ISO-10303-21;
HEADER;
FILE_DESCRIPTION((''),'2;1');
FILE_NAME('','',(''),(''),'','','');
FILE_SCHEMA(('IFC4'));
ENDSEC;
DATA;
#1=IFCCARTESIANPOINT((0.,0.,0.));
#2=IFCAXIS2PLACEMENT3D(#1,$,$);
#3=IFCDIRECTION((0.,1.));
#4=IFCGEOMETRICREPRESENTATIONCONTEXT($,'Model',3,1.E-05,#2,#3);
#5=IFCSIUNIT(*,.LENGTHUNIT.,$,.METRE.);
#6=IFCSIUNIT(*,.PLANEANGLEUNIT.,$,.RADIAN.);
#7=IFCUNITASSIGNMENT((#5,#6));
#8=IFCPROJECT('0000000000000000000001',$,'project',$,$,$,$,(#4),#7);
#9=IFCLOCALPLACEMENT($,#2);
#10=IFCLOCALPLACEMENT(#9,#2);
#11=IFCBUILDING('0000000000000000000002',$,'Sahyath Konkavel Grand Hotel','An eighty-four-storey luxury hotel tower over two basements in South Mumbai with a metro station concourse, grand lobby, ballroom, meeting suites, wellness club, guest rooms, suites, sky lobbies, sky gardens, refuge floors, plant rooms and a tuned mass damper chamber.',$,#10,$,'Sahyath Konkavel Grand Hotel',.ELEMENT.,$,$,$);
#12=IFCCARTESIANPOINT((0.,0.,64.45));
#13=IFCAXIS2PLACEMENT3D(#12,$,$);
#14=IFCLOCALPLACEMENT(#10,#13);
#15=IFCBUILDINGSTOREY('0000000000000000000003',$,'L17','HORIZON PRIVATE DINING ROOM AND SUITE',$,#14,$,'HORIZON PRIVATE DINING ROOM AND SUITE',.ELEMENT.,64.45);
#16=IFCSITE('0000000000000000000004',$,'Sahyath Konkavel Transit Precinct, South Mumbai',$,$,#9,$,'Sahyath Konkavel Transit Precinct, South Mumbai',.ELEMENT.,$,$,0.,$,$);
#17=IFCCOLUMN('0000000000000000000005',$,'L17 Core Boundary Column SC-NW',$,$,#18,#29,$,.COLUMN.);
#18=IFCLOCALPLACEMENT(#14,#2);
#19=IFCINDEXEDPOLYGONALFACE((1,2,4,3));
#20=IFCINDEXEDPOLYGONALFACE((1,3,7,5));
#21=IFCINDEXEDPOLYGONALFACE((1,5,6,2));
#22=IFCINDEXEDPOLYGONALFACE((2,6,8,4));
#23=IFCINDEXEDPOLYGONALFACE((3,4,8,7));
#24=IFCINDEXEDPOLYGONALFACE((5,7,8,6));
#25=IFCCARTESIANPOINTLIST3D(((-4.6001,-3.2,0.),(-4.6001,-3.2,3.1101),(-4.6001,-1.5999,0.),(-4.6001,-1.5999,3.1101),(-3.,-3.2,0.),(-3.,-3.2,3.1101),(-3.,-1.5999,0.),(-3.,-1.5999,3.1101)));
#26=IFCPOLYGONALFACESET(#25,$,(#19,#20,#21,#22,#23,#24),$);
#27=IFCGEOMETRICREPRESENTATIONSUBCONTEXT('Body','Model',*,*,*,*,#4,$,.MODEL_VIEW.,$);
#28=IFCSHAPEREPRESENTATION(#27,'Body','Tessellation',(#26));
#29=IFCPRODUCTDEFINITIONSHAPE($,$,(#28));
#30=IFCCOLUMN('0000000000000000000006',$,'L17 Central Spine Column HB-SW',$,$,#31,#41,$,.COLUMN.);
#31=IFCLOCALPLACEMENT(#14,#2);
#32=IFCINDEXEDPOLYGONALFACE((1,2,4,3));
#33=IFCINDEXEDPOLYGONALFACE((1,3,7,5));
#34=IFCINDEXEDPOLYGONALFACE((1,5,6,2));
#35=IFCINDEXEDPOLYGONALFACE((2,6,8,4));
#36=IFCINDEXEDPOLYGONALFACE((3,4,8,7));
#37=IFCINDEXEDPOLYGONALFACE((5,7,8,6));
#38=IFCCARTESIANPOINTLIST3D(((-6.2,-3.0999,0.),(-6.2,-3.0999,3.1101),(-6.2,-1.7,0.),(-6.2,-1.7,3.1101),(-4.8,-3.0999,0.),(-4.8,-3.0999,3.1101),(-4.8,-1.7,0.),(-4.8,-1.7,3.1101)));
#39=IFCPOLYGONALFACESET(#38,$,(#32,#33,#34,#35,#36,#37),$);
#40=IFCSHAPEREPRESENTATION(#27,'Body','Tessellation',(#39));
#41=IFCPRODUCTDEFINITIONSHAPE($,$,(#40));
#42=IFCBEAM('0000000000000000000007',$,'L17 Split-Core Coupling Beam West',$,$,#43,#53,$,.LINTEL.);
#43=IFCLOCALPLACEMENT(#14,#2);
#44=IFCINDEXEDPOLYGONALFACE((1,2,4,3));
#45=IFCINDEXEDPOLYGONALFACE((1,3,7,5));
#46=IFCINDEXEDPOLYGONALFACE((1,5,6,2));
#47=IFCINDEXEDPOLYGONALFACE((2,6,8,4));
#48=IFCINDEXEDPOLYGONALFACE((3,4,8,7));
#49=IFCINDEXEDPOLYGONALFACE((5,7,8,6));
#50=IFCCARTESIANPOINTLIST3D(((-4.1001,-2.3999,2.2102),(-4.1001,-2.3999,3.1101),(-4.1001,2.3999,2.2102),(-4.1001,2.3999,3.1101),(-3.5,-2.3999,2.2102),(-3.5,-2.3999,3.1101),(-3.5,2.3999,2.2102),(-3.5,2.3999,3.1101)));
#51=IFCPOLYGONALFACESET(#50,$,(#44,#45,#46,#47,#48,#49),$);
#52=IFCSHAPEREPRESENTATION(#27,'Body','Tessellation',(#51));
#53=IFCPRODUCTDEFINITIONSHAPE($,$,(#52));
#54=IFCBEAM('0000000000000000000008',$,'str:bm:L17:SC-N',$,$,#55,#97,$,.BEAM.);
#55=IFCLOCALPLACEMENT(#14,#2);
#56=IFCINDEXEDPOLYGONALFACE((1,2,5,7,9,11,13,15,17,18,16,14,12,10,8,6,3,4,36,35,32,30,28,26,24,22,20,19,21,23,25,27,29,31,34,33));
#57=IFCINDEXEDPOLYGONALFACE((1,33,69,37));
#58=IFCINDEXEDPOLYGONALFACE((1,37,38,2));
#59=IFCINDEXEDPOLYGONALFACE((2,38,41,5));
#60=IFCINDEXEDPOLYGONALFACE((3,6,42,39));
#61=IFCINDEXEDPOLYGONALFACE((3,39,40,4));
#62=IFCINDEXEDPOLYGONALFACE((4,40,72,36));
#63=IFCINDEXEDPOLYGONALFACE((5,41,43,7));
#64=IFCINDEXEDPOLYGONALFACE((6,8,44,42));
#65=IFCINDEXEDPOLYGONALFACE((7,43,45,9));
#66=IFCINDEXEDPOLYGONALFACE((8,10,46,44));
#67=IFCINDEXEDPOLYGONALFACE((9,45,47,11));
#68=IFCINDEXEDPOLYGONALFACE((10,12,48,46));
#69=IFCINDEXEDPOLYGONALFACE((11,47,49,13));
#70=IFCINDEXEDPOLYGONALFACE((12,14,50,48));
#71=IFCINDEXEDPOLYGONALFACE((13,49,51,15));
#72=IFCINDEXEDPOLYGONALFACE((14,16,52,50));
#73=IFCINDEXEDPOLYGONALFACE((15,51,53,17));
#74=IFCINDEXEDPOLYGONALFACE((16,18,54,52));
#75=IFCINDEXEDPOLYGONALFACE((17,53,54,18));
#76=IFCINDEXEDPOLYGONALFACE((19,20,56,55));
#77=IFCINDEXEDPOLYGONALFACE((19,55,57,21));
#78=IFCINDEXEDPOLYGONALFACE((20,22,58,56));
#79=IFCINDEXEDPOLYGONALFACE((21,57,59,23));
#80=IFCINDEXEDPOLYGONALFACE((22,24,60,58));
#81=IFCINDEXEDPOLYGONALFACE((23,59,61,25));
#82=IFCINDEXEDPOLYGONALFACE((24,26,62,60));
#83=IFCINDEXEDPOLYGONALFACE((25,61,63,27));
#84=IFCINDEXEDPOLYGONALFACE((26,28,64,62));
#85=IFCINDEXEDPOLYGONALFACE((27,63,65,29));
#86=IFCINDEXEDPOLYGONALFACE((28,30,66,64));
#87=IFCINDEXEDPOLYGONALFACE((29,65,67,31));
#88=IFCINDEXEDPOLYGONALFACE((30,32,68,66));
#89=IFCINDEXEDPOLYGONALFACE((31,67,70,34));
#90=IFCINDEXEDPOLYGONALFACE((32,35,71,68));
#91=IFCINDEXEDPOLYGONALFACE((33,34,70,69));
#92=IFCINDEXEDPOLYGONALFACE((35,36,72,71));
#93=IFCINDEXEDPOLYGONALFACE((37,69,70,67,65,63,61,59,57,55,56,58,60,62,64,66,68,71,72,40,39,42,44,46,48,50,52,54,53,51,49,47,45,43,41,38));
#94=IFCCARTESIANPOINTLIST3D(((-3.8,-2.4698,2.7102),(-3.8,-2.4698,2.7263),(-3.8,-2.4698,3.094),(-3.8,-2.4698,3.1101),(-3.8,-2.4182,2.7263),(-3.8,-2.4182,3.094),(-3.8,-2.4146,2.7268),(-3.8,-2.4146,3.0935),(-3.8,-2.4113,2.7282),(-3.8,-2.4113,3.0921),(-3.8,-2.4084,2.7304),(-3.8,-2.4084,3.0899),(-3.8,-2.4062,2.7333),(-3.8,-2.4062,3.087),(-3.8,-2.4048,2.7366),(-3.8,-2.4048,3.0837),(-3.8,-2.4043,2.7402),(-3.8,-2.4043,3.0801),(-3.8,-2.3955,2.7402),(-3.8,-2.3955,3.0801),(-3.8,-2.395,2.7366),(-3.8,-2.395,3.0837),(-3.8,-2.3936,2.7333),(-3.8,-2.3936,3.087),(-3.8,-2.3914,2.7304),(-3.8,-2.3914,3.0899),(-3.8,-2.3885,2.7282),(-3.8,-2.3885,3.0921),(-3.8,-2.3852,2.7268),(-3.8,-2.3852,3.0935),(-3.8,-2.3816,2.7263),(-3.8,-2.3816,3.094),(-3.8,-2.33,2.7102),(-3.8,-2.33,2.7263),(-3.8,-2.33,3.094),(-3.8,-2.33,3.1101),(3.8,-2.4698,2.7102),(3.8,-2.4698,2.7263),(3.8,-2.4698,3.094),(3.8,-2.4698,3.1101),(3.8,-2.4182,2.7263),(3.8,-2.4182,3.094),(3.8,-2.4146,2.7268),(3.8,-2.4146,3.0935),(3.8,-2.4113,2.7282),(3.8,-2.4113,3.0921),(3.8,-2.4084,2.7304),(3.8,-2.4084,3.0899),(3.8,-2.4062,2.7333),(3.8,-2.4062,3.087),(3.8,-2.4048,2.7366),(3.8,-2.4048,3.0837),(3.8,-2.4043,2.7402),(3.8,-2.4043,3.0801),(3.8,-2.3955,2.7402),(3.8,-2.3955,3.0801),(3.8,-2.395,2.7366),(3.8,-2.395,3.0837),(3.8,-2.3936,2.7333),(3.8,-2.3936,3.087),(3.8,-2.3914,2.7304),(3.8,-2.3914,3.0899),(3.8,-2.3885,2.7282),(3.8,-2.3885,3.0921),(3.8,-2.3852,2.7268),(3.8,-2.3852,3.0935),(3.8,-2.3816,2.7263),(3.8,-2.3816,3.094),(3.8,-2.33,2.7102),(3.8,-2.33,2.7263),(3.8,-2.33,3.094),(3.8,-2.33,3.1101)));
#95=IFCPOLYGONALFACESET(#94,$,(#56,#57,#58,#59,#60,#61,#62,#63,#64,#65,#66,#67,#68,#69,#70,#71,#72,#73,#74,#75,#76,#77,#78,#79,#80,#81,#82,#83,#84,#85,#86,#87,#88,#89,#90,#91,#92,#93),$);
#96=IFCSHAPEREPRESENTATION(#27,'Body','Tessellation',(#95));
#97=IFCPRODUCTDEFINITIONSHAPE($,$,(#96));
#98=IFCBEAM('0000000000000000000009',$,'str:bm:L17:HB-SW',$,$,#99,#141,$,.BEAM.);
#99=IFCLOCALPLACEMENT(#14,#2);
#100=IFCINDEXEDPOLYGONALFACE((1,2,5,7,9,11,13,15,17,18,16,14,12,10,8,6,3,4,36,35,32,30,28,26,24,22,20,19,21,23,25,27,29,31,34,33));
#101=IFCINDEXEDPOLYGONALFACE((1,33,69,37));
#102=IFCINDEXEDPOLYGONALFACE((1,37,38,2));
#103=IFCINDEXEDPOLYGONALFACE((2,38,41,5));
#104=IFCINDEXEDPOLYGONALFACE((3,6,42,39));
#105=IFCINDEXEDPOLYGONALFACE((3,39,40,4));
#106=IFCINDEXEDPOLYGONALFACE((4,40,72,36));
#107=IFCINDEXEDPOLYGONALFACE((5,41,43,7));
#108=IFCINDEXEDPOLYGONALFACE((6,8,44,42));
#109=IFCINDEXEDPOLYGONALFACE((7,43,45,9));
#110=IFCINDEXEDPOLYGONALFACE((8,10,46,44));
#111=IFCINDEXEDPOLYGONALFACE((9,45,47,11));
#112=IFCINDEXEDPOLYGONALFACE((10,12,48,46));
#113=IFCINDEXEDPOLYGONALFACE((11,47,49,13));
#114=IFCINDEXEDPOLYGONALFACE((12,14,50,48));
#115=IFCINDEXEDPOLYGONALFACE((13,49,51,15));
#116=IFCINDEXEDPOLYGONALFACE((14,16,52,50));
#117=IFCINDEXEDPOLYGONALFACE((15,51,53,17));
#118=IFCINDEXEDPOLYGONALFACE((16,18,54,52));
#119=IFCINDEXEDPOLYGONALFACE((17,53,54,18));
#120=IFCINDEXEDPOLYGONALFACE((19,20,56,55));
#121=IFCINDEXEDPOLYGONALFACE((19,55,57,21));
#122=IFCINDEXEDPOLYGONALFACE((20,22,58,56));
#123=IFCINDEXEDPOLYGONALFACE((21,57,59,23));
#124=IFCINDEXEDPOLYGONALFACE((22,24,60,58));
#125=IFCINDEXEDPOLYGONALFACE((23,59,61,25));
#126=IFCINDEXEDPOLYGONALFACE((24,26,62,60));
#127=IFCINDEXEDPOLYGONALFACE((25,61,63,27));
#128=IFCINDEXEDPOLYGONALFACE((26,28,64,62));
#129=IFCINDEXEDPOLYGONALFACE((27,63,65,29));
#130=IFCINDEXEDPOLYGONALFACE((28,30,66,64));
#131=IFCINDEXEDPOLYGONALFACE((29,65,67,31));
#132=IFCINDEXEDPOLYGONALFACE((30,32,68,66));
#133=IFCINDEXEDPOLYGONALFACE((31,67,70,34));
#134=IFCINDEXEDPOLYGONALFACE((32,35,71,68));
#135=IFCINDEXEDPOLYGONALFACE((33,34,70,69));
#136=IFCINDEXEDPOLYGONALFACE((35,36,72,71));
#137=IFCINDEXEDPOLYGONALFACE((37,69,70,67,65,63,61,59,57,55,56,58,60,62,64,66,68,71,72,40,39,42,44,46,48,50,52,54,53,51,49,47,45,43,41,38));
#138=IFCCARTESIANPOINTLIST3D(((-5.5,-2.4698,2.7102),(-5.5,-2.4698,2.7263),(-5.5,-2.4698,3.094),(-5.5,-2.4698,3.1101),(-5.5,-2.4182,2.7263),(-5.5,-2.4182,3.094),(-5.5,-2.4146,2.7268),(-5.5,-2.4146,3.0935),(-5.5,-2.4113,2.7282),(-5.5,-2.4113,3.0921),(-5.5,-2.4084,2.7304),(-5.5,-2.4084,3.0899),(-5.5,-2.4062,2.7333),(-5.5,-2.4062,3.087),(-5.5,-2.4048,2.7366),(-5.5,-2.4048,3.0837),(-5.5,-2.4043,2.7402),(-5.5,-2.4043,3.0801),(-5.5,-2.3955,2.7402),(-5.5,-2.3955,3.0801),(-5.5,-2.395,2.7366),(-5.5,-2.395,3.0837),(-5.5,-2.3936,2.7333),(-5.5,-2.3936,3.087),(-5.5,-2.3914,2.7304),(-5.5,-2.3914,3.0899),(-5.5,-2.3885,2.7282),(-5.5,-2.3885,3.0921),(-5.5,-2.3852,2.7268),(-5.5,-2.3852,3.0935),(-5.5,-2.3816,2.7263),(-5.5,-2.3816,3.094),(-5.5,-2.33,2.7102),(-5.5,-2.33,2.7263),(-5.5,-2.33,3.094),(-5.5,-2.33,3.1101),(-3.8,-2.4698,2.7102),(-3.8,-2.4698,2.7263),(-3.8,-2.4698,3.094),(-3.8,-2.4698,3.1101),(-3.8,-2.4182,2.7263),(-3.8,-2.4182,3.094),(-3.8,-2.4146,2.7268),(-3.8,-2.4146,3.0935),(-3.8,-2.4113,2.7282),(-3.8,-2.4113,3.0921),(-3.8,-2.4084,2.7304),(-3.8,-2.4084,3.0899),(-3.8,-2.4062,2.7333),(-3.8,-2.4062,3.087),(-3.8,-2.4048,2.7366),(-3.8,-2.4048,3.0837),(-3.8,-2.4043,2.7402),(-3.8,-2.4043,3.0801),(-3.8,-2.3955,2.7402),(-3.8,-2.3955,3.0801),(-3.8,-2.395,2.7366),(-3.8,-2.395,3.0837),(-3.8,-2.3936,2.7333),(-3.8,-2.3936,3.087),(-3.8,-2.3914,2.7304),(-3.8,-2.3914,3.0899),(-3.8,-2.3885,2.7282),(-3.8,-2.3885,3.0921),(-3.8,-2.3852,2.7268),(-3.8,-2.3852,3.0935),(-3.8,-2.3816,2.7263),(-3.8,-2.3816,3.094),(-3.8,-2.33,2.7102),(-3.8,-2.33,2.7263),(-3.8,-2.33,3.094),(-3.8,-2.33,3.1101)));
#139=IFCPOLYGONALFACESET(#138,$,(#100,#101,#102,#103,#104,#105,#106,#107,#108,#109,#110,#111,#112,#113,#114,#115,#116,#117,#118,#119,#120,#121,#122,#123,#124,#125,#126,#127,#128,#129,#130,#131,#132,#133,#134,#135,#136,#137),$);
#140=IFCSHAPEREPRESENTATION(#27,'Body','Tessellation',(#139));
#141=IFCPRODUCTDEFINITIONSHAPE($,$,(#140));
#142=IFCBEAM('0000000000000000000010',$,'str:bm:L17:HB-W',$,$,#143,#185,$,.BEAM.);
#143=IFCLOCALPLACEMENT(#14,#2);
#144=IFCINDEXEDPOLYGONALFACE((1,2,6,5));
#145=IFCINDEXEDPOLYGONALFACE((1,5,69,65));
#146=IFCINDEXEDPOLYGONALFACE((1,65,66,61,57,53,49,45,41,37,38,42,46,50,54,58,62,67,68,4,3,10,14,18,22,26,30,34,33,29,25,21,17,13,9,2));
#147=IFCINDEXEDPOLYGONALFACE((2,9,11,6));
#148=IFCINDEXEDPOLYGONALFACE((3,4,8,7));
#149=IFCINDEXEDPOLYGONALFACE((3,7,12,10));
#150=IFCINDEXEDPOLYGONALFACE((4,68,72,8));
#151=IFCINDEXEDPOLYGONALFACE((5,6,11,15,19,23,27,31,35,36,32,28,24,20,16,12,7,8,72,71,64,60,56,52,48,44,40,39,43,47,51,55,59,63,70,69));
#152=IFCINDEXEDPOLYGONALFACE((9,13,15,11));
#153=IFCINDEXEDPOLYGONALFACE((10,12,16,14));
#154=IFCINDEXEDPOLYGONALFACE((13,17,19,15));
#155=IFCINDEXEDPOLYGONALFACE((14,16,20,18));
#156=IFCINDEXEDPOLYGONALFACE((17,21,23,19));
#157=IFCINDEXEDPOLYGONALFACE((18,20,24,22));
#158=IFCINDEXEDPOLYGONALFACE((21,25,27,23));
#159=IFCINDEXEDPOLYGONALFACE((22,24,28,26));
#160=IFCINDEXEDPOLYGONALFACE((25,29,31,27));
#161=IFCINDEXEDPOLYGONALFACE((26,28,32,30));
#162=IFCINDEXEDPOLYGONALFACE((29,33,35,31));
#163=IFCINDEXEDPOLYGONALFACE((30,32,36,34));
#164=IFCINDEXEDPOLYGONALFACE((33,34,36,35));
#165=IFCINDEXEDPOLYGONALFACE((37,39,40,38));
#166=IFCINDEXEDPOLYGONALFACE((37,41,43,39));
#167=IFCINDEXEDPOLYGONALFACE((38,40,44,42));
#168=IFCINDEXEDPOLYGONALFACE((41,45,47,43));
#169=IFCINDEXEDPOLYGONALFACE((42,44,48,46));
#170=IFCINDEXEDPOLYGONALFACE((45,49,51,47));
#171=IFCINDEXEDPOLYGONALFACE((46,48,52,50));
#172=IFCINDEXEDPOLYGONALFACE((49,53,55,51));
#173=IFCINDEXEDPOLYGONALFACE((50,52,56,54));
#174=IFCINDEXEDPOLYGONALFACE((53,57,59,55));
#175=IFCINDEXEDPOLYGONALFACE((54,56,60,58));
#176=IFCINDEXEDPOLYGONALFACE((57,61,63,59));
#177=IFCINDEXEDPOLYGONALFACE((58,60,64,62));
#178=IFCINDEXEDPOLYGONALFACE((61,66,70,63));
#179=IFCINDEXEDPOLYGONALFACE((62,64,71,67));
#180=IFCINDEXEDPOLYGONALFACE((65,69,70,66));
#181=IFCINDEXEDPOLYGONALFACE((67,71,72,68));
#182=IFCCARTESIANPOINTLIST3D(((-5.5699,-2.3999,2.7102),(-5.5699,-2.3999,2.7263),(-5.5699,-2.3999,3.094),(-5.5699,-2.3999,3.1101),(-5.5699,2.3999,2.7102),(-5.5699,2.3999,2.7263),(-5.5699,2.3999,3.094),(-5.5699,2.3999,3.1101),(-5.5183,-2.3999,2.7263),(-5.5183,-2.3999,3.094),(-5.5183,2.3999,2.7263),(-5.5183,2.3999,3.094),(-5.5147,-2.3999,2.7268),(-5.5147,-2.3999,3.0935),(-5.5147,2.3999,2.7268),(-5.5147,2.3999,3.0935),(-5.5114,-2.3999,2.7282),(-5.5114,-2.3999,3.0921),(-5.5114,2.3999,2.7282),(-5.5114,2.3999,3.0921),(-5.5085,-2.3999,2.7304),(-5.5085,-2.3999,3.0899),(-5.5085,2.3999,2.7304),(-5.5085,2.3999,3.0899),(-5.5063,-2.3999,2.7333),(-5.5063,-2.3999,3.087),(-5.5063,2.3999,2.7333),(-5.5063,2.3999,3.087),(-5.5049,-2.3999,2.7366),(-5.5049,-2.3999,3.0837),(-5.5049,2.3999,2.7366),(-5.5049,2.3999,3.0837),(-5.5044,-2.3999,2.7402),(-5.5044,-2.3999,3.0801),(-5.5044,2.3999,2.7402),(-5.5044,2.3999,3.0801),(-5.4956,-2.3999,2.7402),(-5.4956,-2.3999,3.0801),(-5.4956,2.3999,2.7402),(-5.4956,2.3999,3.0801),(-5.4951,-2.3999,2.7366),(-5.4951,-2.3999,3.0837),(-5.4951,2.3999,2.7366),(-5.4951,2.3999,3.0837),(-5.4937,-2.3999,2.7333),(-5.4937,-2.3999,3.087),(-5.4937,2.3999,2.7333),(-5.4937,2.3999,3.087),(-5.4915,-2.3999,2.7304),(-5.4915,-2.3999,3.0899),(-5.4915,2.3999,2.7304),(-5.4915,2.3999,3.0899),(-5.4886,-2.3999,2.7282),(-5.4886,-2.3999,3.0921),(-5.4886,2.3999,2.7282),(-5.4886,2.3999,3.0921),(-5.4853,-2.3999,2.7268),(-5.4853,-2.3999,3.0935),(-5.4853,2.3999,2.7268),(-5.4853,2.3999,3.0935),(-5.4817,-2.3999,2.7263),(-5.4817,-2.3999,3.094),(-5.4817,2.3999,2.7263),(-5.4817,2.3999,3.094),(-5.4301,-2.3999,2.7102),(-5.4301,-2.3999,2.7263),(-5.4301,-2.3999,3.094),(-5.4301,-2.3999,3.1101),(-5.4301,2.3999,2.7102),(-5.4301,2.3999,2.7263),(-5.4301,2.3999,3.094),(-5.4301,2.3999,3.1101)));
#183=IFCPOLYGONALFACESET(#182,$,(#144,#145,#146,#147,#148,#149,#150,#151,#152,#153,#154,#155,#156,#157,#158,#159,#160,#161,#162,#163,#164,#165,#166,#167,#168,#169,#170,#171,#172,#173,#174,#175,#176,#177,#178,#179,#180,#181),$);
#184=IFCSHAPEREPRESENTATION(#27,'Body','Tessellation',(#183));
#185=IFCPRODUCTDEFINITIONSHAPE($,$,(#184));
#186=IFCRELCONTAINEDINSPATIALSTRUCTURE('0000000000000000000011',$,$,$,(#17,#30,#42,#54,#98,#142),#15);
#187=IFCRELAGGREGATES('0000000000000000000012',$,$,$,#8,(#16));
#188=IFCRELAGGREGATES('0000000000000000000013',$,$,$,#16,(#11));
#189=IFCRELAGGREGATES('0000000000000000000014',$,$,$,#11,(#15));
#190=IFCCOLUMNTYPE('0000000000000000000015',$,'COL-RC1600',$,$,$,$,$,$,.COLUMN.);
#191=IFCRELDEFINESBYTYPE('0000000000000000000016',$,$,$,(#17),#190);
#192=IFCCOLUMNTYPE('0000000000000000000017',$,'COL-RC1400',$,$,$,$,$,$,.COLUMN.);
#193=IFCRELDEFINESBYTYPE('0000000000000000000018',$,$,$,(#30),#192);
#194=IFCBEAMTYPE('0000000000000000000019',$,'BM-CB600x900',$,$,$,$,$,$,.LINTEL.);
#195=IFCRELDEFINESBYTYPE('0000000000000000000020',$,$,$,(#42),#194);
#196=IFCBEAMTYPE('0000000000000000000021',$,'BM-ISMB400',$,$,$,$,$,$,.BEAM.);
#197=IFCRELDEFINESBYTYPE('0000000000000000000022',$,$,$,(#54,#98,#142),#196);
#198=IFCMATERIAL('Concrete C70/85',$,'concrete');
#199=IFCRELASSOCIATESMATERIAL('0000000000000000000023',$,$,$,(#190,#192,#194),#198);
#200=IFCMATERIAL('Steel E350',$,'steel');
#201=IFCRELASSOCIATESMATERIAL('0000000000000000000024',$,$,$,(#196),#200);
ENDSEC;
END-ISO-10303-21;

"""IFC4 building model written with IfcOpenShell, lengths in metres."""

from ifc_helpers import new_model, si_unit, direction, frame, origin, origin_2d, place, context, subcontext, project, spatial, rectangle, i_section, extrude, source, transform, mapped, material, material_profile, profile_set, type_object, element, save


model = new_model("IFC4")

# Units and contexts
model_context = context("Model", 3, precision=1e-05, world=origin(), true_north=direction((0.0, 1.0)))
body_context = subcontext(model_context, "Body", "Model", "MODEL_VIEW")
ifc_project = project(units=[si_unit("LENGTHUNIT", "METRE"), si_unit("PLANEANGLEUNIT", "RADIAN")], contexts=[model_context])

# Site, building, storey
site_placement = place(None, origin())
site = spatial("IfcSite", under=ifc_project, at=site_placement, Name="Sahyath Konkavel Transit Precinct, South Mumbai", LongName="Sahyath Konkavel Transit Precinct, South Mumbai", CompositionType="ELEMENT", RefElevation=0.0)
building_placement = place(site_placement, origin())
building = spatial("IfcBuilding", under=site, at=building_placement, Name="Sahyath Konkavel Grand Hotel", Description="An eighty-four-storey luxury hotel tower over two basements in South Mumbai with a metro station concourse, grand lobby, ballroom, meeting suites, wellness club, guest rooms, suites, sky lobbies, sky gardens, refuge floors, plant rooms and a tuned mass damper chamber.", LongName="Sahyath Konkavel Grand Hotel", CompositionType="ELEMENT")
storey_placement = place(building_placement, frame((0.0, 0.0, 64.45)))
storey = spatial("IfcBuildingStorey", under=building, at=storey_placement, Name="L17", Description="HORIZON PRIVATE DINING ROOM AND SUITE", LongName="HORIZON PRIVATE DINING ROOM AND SUITE", CompositionType="ELEMENT", Elevation=64.45)

# Columns
ifc_material_1 = material(Name="Concrete C70/85", Category="concrete")
ifc_material_profile_1 = material_profile(ifc_material_1, rectangle(XDim=1.6001, YDim=1.6001, at=origin_2d()), Name="RC 1600x1600")
ifc_profile_set_1 = profile_set([ifc_material_profile_1], Name="Concrete C70/85")
column_type_1 = type_object("IfcColumnType", Name="COL-RC1600", PredefinedType="COLUMN", material=ifc_profile_set_1)
shared_shape_1 = source(origin(), body_context, "Body", "SweptSolid", [
    extrude(rectangle(XDim=1.6001, YDim=1.6001, at=origin_2d()), origin(), (0.0, 0.0, 1.0), 3.1101),
])
column_1_placement = place(storey_placement, frame((-3.8, -2.3999, 0.0), z_axis=(0.0, 0.0, 1.0), x_axis=(1.0, 0.0, 0.0)))
element("IfcColumn", 1, at=column_1_placement, inside=storey, type_object=column_type_1, Name="L17 Core Boundary Column SC-NW", PredefinedType="COLUMN", context=body_context, shape_type="MappedRepresentation", body=[
    mapped(shared_shape_1, transform((0.0, 0.0, 0.0), scale=1.0)),
])
ifc_material_profile_2 = material_profile(ifc_material_1, rectangle(XDim=1.3999, YDim=1.3999, at=origin_2d()), Name="RC 1400x1400")
ifc_profile_set_2 = profile_set([ifc_material_profile_2], Name="Concrete C70/85")
column_type_2 = type_object("IfcColumnType", Name="COL-RC1400", PredefinedType="COLUMN", material=ifc_profile_set_2)
shared_shape_2 = source(origin(), body_context, "Body", "SweptSolid", [
    extrude(rectangle(XDim=1.3999, YDim=1.3999, at=origin_2d()), origin(), (0.0, 0.0, 1.0), 3.1101),
])
column_2_placement = place(storey_placement, frame((-5.5, -2.3999, 0.0), z_axis=(0.0, 0.0, 1.0), x_axis=(1.0, 0.0, 0.0)))
element("IfcColumn", 2, at=column_2_placement, inside=storey, type_object=column_type_2, Name="L17 Central Spine Column HB-SW", PredefinedType="COLUMN", context=body_context, shape_type="MappedRepresentation", body=[
    mapped(shared_shape_2, transform((0.0, 0.0, 0.0), scale=1.0)),
])

# Beams
ifc_material_profile_3 = material_profile(ifc_material_1, rectangle(XDim=0.6001, YDim=0.8999, at=origin_2d()), Name="RC 600x900")
ifc_profile_set_3 = profile_set([ifc_material_profile_3], Name="Concrete C70/85")
beam_type_1 = type_object("IfcBeamType", Name="BM-CB600x900", PredefinedType="LINTEL", material=ifc_profile_set_3)
shared_shape_3 = source(origin(), body_context, "Body", "SweptSolid", [
    extrude(rectangle(XDim=0.6001, YDim=0.8999, at=origin_2d()), origin(), (0.0, 0.0, 1.0), 4.7998),
])
beam_1_placement = place(storey_placement, frame((-3.8, -2.3999, 2.6602), z_axis=(0.0, 1.0, 0.0), x_axis=(-1.0, 0.0, 0.0)))
element("IfcBeam", 3, at=beam_1_placement, inside=storey, type_object=beam_type_1, Name="L17 Split-Core Coupling Beam West", PredefinedType="LINTEL", context=body_context, shape_type="MappedRepresentation", body=[
    mapped(shared_shape_3, transform((0.0, 0.0, 0.0), scale=1.0)),
])
ifc_material_2 = material(Name="Steel E350", Category="steel")
ifc_material_profile_4 = material_profile(ifc_material_2, i_section(OverallWidth=0.1399, OverallDepth=0.3999, WebThickness=0.0088, FlangeThickness=0.0161, FilletRadius=0.0139, at=origin_2d()), Name="ISMB 400")
ifc_profile_set_4 = profile_set([ifc_material_profile_4], Name="Steel E350")
beam_type_2 = type_object("IfcBeamType", Name="BM-ISMB400", PredefinedType="BEAM", material=ifc_profile_set_4)
shared_shape_4 = source(origin(), body_context, "Body", "SweptSolid", [
    extrude(i_section(OverallWidth=0.1399, OverallDepth=0.3999, WebThickness=0.0088, FlangeThickness=0.0161, FilletRadius=0.0139, at=origin_2d()), origin(), (0.0, 0.0, 1.0), 7.6001),
])
beam_2_placement = place(storey_placement, frame((-3.8, -2.3999, 2.9102), z_axis=(1.0, 0.0, 0.0), x_axis=(0.0, 1.0, 0.0)))
element("IfcBeam", 4, at=beam_2_placement, inside=storey, type_object=beam_type_2, Name="str:bm:L17:SC-N", PredefinedType="BEAM", context=body_context, shape_type="MappedRepresentation", body=[
    mapped(shared_shape_4, transform((0.0, 0.0, 0.0), scale=1.0)),
])
shared_shape_5 = source(origin(), body_context, "Body", "SweptSolid", [
    extrude(i_section(OverallWidth=0.1399, OverallDepth=0.3999, WebThickness=0.0088, FlangeThickness=0.0161, FilletRadius=0.0139, at=origin_2d()), origin(), (0.0, 0.0, 1.0), 1.7),
])
beam_3_placement = place(storey_placement, frame((-5.5, -2.3999, 2.9102), z_axis=(1.0, 0.0, 0.0), x_axis=(0.0, 1.0, 0.0)))
element("IfcBeam", 5, at=beam_3_placement, inside=storey, type_object=beam_type_2, Name="str:bm:L17:HB-SW", PredefinedType="BEAM", context=body_context, shape_type="MappedRepresentation", body=[
    mapped(shared_shape_5, transform((0.0, 0.0, 0.0), scale=1.0)),
])
shared_shape_6 = source(origin(), body_context, "Body", "SweptSolid", [
    extrude(i_section(OverallWidth=0.1399, OverallDepth=0.3999, WebThickness=0.0088, FlangeThickness=0.0161, FilletRadius=0.0139, at=origin_2d()), origin(), (0.0, 0.0, 1.0), 4.7998),
])
beam_4_placement = place(storey_placement, frame((-5.5, -2.3999, 2.9102), z_axis=(0.0, 1.0, 0.0), x_axis=(-1.0, 0.0, 0.0)))
element("IfcBeam", 6, at=beam_4_placement, inside=storey, type_object=beam_type_2, Name="str:bm:L17:HB-W", PredefinedType="BEAM", context=body_context, shape_type="MappedRepresentation", body=[
    mapped(shared_shape_6, transform((0.0, 0.0, 0.0), scale=1.0)),
])

save(model, "model.ifc")
